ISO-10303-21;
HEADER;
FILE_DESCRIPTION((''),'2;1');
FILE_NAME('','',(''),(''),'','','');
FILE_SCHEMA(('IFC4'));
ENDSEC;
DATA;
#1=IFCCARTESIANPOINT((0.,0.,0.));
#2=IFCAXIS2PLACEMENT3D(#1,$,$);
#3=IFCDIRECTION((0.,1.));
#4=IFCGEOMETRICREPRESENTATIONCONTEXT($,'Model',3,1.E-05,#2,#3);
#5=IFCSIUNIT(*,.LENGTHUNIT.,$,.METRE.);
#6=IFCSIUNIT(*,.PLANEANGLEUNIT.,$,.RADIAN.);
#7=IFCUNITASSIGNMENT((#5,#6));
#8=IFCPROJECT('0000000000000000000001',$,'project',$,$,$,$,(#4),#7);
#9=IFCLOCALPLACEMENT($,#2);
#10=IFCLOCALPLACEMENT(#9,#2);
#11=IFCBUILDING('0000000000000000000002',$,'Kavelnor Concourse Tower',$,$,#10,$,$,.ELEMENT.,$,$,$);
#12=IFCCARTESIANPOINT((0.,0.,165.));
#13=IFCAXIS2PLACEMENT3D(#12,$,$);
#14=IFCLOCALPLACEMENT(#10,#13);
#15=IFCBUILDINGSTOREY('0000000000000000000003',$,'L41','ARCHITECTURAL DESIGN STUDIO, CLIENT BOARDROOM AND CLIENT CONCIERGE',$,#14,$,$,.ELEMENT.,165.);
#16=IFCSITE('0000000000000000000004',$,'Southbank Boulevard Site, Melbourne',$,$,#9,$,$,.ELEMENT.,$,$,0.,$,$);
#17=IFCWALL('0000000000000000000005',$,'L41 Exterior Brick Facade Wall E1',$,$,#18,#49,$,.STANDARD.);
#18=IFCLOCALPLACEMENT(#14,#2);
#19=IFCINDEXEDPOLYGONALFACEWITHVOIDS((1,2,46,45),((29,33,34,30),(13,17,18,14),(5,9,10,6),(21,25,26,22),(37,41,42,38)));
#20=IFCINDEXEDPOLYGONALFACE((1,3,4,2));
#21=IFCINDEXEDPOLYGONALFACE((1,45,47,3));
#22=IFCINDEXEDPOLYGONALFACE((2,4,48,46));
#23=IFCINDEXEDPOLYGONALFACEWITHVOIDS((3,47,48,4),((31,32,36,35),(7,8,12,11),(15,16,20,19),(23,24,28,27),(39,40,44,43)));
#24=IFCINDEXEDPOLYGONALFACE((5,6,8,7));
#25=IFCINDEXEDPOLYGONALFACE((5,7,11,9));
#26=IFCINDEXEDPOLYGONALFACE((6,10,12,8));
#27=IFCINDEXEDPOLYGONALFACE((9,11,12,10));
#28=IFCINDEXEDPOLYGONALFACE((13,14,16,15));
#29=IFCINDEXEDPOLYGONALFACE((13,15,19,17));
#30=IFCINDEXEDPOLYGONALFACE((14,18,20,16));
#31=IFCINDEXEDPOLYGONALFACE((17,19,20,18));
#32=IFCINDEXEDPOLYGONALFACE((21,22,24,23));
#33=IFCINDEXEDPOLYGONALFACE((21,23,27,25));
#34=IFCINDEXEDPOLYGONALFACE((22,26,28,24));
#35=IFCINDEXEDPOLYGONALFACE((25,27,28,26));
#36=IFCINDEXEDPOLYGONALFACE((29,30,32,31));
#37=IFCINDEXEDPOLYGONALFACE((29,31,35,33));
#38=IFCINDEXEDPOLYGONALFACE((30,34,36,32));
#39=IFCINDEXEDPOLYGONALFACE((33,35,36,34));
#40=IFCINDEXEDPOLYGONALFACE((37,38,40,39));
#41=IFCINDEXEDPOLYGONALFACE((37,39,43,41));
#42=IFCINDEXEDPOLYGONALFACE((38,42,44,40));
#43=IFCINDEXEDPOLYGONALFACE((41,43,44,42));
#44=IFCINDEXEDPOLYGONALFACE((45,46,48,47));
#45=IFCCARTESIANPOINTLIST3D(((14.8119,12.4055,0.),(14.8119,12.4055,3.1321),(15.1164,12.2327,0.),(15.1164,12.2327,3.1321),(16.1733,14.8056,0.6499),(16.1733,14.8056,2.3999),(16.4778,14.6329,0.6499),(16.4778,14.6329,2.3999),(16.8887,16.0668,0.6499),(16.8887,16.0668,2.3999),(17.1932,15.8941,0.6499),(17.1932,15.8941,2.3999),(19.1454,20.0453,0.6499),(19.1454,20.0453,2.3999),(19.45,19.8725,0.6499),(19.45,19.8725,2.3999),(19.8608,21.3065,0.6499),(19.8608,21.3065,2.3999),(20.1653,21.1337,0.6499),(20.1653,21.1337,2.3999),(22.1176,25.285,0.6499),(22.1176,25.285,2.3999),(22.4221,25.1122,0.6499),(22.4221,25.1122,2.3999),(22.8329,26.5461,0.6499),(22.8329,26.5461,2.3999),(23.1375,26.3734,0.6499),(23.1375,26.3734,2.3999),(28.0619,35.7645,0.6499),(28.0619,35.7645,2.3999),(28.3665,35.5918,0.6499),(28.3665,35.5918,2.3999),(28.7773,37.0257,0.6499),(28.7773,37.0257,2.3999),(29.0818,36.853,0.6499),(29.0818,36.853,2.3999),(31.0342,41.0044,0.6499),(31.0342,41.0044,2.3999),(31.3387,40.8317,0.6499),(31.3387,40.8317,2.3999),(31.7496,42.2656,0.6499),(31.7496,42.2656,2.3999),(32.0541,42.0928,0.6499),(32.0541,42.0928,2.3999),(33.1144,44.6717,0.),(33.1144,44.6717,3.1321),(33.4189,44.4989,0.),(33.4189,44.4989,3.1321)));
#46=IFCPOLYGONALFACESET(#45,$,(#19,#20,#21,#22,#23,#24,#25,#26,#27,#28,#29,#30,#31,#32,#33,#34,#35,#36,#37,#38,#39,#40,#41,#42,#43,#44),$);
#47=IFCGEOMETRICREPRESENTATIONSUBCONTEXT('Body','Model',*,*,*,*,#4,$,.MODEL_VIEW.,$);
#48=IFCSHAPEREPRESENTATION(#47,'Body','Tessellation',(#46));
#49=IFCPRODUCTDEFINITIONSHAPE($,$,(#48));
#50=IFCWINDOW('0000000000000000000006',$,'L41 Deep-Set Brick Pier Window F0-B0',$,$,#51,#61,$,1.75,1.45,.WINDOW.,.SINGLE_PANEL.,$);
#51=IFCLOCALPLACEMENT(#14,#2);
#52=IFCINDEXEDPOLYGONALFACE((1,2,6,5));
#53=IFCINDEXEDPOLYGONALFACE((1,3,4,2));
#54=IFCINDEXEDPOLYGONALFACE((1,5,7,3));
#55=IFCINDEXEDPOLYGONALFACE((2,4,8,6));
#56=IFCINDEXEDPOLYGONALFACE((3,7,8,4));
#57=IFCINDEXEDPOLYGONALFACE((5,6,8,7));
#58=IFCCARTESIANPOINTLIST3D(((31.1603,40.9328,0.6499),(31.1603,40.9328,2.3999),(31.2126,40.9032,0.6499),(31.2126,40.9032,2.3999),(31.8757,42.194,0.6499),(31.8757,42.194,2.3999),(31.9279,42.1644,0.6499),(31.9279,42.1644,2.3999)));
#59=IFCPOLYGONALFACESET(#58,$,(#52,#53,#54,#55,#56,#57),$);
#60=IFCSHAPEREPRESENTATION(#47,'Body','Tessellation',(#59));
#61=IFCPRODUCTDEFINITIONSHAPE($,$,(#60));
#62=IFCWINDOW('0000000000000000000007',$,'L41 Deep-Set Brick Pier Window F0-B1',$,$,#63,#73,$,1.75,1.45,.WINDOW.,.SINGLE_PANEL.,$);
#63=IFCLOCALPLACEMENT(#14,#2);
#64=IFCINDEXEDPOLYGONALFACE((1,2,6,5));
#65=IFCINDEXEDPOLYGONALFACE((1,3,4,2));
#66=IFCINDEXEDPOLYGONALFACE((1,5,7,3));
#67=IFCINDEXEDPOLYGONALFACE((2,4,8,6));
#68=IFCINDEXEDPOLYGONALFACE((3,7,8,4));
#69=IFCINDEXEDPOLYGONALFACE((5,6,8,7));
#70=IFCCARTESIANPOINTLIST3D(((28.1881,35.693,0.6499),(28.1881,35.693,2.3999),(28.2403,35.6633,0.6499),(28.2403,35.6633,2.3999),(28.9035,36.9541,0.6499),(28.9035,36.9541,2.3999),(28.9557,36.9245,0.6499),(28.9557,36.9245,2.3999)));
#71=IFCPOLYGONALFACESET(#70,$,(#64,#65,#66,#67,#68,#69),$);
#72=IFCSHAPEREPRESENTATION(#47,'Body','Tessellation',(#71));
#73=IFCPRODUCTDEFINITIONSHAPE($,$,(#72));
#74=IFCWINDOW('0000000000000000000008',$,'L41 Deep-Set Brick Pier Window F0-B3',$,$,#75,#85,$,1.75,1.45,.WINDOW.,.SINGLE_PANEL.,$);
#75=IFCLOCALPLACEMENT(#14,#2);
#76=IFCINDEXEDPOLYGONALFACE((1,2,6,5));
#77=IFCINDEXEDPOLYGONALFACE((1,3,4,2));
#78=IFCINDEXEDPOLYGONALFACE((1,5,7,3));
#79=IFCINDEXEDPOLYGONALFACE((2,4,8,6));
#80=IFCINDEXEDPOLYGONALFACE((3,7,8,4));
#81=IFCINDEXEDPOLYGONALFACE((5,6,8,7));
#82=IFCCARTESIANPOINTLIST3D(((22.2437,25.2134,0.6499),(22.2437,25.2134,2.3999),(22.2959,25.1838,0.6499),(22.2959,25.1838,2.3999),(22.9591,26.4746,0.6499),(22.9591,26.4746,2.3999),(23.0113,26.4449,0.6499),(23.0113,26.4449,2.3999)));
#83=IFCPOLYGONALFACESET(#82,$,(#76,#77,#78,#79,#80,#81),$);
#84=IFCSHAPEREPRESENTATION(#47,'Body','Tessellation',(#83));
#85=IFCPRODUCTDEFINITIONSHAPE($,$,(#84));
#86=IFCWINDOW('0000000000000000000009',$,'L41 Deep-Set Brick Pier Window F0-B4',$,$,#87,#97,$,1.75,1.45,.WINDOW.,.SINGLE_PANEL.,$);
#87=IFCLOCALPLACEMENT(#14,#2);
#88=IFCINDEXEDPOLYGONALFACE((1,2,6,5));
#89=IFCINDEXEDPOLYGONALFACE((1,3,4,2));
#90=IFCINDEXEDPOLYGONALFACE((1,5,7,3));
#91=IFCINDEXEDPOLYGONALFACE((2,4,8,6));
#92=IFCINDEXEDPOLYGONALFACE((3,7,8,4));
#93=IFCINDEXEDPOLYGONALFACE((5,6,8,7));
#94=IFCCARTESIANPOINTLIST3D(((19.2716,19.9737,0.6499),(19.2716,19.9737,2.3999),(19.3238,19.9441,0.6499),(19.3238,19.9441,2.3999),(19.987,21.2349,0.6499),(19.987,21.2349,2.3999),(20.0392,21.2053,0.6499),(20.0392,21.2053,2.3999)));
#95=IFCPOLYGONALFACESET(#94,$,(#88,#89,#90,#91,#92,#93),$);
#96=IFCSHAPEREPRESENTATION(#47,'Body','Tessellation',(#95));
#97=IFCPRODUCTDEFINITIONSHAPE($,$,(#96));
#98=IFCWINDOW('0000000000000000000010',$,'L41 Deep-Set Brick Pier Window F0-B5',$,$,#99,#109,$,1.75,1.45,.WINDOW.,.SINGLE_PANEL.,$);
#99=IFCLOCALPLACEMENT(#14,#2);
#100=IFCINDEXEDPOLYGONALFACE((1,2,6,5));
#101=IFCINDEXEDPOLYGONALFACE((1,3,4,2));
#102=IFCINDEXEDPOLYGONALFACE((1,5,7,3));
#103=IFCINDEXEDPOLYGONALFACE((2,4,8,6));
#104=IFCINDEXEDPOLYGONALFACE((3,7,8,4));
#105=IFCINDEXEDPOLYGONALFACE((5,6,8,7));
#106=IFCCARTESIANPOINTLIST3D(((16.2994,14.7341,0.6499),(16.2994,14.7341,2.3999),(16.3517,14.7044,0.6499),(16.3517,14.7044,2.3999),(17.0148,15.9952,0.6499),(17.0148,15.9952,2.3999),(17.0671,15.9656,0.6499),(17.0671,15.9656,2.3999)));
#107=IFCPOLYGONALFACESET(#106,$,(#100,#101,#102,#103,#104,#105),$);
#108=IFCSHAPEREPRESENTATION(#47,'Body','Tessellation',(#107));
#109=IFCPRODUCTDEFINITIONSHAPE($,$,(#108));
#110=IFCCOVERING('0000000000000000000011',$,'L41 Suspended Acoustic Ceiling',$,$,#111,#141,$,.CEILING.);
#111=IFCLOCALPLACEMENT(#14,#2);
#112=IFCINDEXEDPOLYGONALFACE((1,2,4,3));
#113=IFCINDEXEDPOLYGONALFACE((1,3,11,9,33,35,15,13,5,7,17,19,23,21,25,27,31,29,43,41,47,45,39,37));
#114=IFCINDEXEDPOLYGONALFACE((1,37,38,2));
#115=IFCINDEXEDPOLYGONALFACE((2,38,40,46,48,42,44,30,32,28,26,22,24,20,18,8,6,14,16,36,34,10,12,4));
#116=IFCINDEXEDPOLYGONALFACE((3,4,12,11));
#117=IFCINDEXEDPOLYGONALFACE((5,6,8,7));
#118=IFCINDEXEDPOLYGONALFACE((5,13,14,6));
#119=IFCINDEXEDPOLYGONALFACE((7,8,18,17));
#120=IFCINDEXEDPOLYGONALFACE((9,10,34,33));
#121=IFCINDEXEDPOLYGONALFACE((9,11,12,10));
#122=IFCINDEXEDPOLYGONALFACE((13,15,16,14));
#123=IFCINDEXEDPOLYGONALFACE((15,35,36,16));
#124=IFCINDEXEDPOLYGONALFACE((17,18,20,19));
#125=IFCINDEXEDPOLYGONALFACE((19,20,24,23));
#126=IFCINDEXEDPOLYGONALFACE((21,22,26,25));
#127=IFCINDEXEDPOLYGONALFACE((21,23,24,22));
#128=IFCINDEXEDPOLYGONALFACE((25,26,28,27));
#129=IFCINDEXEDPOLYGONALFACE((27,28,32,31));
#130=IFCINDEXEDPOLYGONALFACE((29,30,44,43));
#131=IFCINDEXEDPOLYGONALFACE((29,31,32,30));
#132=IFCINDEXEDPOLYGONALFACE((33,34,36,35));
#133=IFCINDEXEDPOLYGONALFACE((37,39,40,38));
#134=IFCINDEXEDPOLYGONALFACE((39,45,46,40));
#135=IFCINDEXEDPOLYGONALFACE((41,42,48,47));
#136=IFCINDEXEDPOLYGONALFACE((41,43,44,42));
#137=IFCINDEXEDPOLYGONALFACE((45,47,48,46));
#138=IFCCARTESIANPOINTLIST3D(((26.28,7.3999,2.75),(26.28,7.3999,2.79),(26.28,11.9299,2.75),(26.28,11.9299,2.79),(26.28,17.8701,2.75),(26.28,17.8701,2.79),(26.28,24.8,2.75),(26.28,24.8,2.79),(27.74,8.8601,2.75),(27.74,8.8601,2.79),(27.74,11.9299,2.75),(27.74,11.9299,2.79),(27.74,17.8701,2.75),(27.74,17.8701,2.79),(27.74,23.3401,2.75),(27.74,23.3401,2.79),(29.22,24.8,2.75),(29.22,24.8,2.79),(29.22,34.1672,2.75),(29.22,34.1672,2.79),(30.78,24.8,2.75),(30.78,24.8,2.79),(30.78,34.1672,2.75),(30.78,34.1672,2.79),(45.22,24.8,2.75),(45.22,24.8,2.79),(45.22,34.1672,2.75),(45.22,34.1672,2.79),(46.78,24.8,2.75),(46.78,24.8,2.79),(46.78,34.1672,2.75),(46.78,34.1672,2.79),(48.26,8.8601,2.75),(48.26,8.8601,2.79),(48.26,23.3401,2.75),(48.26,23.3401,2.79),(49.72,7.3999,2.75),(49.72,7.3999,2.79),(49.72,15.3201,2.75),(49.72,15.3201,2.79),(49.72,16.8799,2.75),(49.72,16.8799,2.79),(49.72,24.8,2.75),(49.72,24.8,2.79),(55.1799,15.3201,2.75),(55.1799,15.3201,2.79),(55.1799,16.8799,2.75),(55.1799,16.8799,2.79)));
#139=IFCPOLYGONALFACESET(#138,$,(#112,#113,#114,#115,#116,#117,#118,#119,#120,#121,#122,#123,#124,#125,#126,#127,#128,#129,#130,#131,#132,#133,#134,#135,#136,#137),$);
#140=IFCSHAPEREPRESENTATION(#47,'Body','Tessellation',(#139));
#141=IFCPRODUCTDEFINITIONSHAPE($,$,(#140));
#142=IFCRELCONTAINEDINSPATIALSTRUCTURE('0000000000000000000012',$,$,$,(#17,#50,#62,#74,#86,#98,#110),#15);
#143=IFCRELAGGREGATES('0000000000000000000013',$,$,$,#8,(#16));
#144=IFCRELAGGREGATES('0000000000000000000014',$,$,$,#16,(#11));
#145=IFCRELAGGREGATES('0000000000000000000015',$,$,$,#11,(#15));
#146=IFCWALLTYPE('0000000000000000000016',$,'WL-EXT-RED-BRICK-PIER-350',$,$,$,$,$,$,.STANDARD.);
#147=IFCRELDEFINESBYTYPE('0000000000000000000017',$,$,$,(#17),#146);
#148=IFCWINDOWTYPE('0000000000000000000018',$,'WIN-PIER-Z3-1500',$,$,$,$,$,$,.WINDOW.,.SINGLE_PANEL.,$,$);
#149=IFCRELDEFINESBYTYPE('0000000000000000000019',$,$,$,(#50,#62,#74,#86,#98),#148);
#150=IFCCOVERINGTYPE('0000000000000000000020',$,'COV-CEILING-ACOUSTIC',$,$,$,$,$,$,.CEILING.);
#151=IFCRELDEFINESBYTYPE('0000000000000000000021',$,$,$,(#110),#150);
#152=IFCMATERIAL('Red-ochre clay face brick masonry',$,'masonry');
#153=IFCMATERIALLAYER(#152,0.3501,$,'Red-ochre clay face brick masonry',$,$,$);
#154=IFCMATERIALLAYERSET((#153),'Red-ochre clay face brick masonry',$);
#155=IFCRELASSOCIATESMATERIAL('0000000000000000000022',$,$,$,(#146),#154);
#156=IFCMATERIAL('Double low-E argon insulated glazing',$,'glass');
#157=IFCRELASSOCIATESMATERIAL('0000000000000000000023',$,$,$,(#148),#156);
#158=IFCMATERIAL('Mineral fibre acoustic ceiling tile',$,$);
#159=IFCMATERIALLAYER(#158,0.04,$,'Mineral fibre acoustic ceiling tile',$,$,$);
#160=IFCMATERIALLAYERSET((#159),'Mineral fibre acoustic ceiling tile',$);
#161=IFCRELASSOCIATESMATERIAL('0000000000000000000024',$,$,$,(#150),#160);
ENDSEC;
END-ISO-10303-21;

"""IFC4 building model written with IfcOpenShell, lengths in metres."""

from ifc_helpers import new_model, si_unit, direction, frame, frame_2d, origin, place, context, subcontext, project, spatial, polyline, rectangle, outline, extrude, material, layer, layer_set, type_object, element, fill, save


model = new_model("IFC4")

# Units and contexts
model_context = context("Model", 3, precision=1e-05, world=origin(), true_north=direction((0.0, 1.0)))
body_context = subcontext(model_context, "Body", "Model", "MODEL_VIEW")
ifc_project = project(units=[si_unit("LENGTHUNIT", "METRE"), si_unit("PLANEANGLEUNIT", "RADIAN")], contexts=[model_context])

# Site, building, storey
site_placement = place(None, origin())
site = spatial("IfcSite", under=ifc_project, at=site_placement, Name="Southbank Boulevard Site, Melbourne", CompositionType="ELEMENT", RefElevation=0.0)
building_placement = place(site_placement, origin())
building = spatial("IfcBuilding", under=site, at=building_placement, Name="Kavelnor Concourse Tower", CompositionType="ELEMENT")
storey_placement = place(building_placement, frame((0.0, 0.0, 165.0)))
storey = spatial("IfcBuildingStorey", under=building, at=storey_placement, Name="L41", Description="ARCHITECTURAL DESIGN STUDIO, CLIENT BOARDROOM AND CLIENT CONCIERGE", CompositionType="ELEMENT", Elevation=165.0)

# Shared definitions
ifc_material_1 = material(Name="Double low-E argon insulated glazing", Category="glass")

# Wall, openings, windows
ifc_material_2 = material(Name="Red-ochre clay face brick masonry", Category="masonry")
ifc_layer_1 = layer(ifc_material_2, 0.3501, Name="Red-ochre clay face brick masonry")
ifc_layer_set_1 = layer_set([ifc_layer_1], Name="Red-ochre clay face brick masonry")
wall_type_1 = type_object("IfcWallType", Name="WL-EXT-RED-BRICK-PIER-350", PredefinedType="STANDARD", material=ifc_layer_set_1)
wall_1_placement = place(storey_placement, frame((14.9641, 12.3191, 0.0), z_axis=(0.0, 0.0, 1.0), x_axis=(0.493387, 0.86981, 0.0)))
wall_1 = element("IfcWall", 1, at=wall_1_placement, inside=storey, type_object=wall_type_1, Name="L41 Exterior Brick Facade Wall E1", PredefinedType="STANDARD", context=body_context, shape_type="SweptSolid", body=[
    extrude(rectangle(XDim=37.0957, YDim=0.3501, at=frame_2d((18.5479, 0.0))), origin(), (0.0, 0.0, 1.0), 3.1321),
])
opening_1_placement = place(wall_1_placement, frame((32.8794, 0.0, 0.6499)))
opening_1 = element("IfcOpeningElement", 2, at=opening_1_placement, cuts=wall_1, PredefinedType="OPENING", context=body_context, shape_type="SweptSolid", body=[
    extrude(rectangle(XDim=1.45, YDim=1.75, at=frame_2d((0.7251, 0.875))), frame((0.0, 0.1851, 0.0), z_axis=(0.0, -1.0, 0.0), x_axis=(1.0, 0.0, 0.0)), (0.0, 0.0, 1.0), 0.3701),
])
opening_2_placement = place(wall_1_placement, frame((26.8552, 0.0, 0.6499)))
opening_2 = element("IfcOpeningElement", 3, at=opening_2_placement, cuts=wall_1, PredefinedType="OPENING", context=body_context, shape_type="SweptSolid", body=[
    extrude(rectangle(XDim=1.45, YDim=1.75, at=frame_2d((0.7251, 0.875))), frame((0.0, 0.1851, 0.0), z_axis=(0.0, -1.0, 0.0), x_axis=(1.0, 0.0, 0.0)), (0.0, 0.0, 1.0), 0.3701),
])
opening_3_placement = place(wall_1_placement, frame((14.8071, 0.0, 0.6499)))
opening_3 = element("IfcOpeningElement", 4, at=opening_3_placement, cuts=wall_1, PredefinedType="OPENING", context=body_context, shape_type="SweptSolid", body=[
    extrude(rectangle(XDim=1.45, YDim=1.75, at=frame_2d((0.7251, 0.875))), frame((0.0, 0.1851, 0.0), z_axis=(0.0, -1.0, 0.0), x_axis=(1.0, 0.0, 0.0)), (0.0, 0.0, 1.0), 0.3701),
])
opening_4_placement = place(wall_1_placement, frame((8.7832, 0.0, 0.6499)))
opening_4 = element("IfcOpeningElement", 5, at=opening_4_placement, cuts=wall_1, PredefinedType="OPENING", context=body_context, shape_type="SweptSolid", body=[
    extrude(rectangle(XDim=1.45, YDim=1.75, at=frame_2d((0.7251, 0.875))), frame((0.0, 0.1851, 0.0), z_axis=(0.0, -1.0, 0.0), x_axis=(1.0, 0.0, 0.0)), (0.0, 0.0, 1.0), 0.3701),
])
opening_5_placement = place(wall_1_placement, frame((2.7593, 0.0, 0.6499)))
opening_5 = element("IfcOpeningElement", 6, at=opening_5_placement, cuts=wall_1, PredefinedType="OPENING", context=body_context, shape_type="SweptSolid", body=[
    extrude(rectangle(XDim=1.45, YDim=1.75, at=frame_2d((0.7251, 0.875))), frame((0.0, 0.1851, 0.0), z_axis=(0.0, -1.0, 0.0), x_axis=(1.0, 0.0, 0.0)), (0.0, 0.0, 1.0), 0.3701),
])
window_type_1 = type_object("IfcWindowType", Name="WIN-PIER-Z3-1500", PartitioningType="SINGLE_PANEL", PredefinedType="WINDOW", material=ifc_material_1)
window_1_placement = place(opening_1_placement, origin())
window_1 = element("IfcWindow", 7, at=window_1_placement, inside=storey, type_object=window_type_1, Name="L41 Deep-Set Brick Pier Window F0-B0", OverallHeight=1.75, OverallWidth=1.45, PartitioningType="SINGLE_PANEL", PredefinedType="WINDOW", context=body_context, shape_type="SweptSolid", body=[
    extrude(rectangle(XDim=1.45, YDim=1.75, at=frame_2d((0.7251, 0.875))), frame((0.0, 0.03, 0.0), z_axis=(0.0, -1.0, 0.0), x_axis=(1.0, 0.0, 0.0)), (0.0, 0.0, 1.0), 0.0601),
])
fill(opening_1, window_1)
window_2_placement = place(opening_2_placement, origin())
window_2 = element("IfcWindow", 8, at=window_2_placement, inside=storey, type_object=window_type_1, Name="L41 Deep-Set Brick Pier Window F0-B1", OverallHeight=1.75, OverallWidth=1.45, PartitioningType="SINGLE_PANEL", PredefinedType="WINDOW", context=body_context, shape_type="SweptSolid", body=[
    extrude(rectangle(XDim=1.45, YDim=1.75, at=frame_2d((0.7251, 0.875))), frame((0.0, 0.03, 0.0), z_axis=(0.0, -1.0, 0.0), x_axis=(1.0, 0.0, 0.0)), (0.0, 0.0, 1.0), 0.0601),
])
fill(opening_2, window_2)
window_3_placement = place(opening_3_placement, origin())
window_3 = element("IfcWindow", 9, at=window_3_placement, inside=storey, type_object=window_type_1, Name="L41 Deep-Set Brick Pier Window F0-B3", OverallHeight=1.75, OverallWidth=1.45, PartitioningType="SINGLE_PANEL", PredefinedType="WINDOW", context=body_context, shape_type="SweptSolid", body=[
    extrude(rectangle(XDim=1.45, YDim=1.75, at=frame_2d((0.7251, 0.875))), frame((0.0, 0.03, 0.0), z_axis=(0.0, -1.0, 0.0), x_axis=(1.0, 0.0, 0.0)), (0.0, 0.0, 1.0), 0.0601),
])
fill(opening_3, window_3)
window_4_placement = place(opening_4_placement, origin())
window_4 = element("IfcWindow", 10, at=window_4_placement, inside=storey, type_object=window_type_1, Name="L41 Deep-Set Brick Pier Window F0-B4", OverallHeight=1.75, OverallWidth=1.45, PartitioningType="SINGLE_PANEL", PredefinedType="WINDOW", context=body_context, shape_type="SweptSolid", body=[
    extrude(rectangle(XDim=1.45, YDim=1.75, at=frame_2d((0.7251, 0.875))), frame((0.0, 0.03, 0.0), z_axis=(0.0, -1.0, 0.0), x_axis=(1.0, 0.0, 0.0)), (0.0, 0.0, 1.0), 0.0601),
])
fill(opening_4, window_4)
window_5_placement = place(opening_5_placement, origin())
window_5 = element("IfcWindow", 11, at=window_5_placement, inside=storey, type_object=window_type_1, Name="L41 Deep-Set Brick Pier Window F0-B5", OverallHeight=1.75, OverallWidth=1.45, PartitioningType="SINGLE_PANEL", PredefinedType="WINDOW", context=body_context, shape_type="SweptSolid", body=[
    extrude(rectangle(XDim=1.45, YDim=1.75, at=frame_2d((0.7251, 0.875))), frame((0.0, 0.03, 0.0), z_axis=(0.0, -1.0, 0.0), x_axis=(1.0, 0.0, 0.0)), (0.0, 0.0, 1.0), 0.0601),
])
fill(opening_5, window_5)

# Covering
ifc_material_3 = material(Name="Mineral fibre acoustic ceiling tile")
ifc_layer_2 = layer(ifc_material_3, 0.04, Name="Mineral fibre acoustic ceiling tile")
ifc_layer_set_2 = layer_set([ifc_layer_2], Name="Mineral fibre acoustic ceiling tile")
covering_type = type_object("IfcCoveringType", Name="COV-CEILING-ACOUSTIC", PredefinedType="CEILING", material=ifc_layer_set_2)
covering_placement = place(storey_placement, frame((0.0, 0.0, 2.75)))
element("IfcCovering", 12, at=covering_placement, inside=storey, type_object=covering_type, Name="L41 Suspended Acoustic Ceiling", PredefinedType="CEILING", context=body_context, shape_type="SweptSolid", body=[
    extrude(outline(polyline([(29.22, 24.8), (29.22, 34.1672), (30.78, 34.1672), (30.78, 24.8), (45.22, 24.8), (45.22, 34.1672), (46.78, 34.1672), (46.78, 24.8), (49.72, 24.8), (49.72, 16.8799), (55.1799, 16.8799), (55.1799, 15.3201), (49.72, 15.3201), (49.72, 7.3999), (26.28, 7.3999), (26.28, 11.9299), (27.74, 11.9299), (27.74, 8.8601), (48.26, 8.8601), (48.26, 23.3401), (27.74, 23.3401), (27.74, 17.8701), (26.28, 17.8701), (26.28, 24.8), (29.22, 24.8)])), origin(), (0.0, 0.0, 1.0), 0.04),
])

save(model, "model.ifc")
